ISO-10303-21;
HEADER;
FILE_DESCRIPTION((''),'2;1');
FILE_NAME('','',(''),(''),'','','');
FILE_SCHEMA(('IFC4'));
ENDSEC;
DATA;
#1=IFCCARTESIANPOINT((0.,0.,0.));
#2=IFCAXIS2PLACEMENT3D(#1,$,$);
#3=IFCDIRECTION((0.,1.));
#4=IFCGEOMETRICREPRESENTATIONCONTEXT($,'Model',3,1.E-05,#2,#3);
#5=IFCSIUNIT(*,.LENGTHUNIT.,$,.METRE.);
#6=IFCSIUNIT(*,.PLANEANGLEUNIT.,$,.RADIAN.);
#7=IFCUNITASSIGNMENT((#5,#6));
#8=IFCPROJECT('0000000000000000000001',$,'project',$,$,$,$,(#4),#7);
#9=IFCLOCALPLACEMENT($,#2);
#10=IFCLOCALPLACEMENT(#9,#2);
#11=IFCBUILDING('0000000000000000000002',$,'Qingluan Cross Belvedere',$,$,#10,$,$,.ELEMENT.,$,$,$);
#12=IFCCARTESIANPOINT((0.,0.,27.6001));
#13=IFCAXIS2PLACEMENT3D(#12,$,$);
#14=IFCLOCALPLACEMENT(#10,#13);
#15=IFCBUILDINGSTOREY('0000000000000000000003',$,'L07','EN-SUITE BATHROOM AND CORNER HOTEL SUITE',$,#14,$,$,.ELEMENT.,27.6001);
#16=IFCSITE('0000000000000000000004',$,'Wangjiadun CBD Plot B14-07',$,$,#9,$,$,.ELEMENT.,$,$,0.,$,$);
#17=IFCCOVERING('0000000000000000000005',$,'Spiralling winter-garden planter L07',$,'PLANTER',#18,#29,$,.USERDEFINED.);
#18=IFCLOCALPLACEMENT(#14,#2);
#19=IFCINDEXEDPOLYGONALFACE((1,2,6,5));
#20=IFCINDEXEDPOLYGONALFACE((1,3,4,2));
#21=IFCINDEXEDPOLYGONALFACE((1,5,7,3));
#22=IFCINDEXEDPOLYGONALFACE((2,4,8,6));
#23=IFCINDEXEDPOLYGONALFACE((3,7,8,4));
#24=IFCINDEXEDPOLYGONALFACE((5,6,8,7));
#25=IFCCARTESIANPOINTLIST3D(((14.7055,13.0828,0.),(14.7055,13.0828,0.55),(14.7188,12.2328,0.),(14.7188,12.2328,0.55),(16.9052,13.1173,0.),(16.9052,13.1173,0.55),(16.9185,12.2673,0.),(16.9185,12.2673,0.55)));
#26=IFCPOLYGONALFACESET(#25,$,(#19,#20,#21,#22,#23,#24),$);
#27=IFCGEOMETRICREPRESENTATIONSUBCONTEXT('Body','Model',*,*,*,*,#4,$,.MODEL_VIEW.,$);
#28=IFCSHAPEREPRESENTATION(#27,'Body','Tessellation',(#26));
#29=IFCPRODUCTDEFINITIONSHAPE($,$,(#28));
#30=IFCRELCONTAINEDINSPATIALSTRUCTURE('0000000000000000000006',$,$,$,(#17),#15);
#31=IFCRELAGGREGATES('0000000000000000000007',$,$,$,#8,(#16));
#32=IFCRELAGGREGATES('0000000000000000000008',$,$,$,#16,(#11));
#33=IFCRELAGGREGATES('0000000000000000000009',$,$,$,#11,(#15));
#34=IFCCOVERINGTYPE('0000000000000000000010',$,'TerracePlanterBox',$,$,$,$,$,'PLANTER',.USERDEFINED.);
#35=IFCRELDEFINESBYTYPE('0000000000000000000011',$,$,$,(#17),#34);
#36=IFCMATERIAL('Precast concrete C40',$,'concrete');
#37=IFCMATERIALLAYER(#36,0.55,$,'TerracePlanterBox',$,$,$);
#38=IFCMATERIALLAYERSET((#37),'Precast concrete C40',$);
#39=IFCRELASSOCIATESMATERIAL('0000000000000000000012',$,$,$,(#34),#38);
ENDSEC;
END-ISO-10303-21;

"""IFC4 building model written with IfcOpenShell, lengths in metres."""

from ifc_helpers import new_model, si_unit, direction, frame, origin, origin_2d, place, context, subcontext, project, spatial, rectangle, extrude, material, layer, layer_set, type_object, element, save


model = new_model("IFC4")

# Units and contexts
model_context = context("Model", 3, precision=1e-05, world=origin(), true_north=direction((0.0, 1.0)))
body_context = subcontext(model_context, "Body", "Model", "MODEL_VIEW")
ifc_project = project(units=[si_unit("LENGTHUNIT", "METRE"), si_unit("PLANEANGLEUNIT", "RADIAN")], contexts=[model_context])

# Site, building, storey
site_placement = place(None, origin())
site = spatial("IfcSite", under=ifc_project, at=site_placement, Name="Wangjiadun CBD Plot B14-07", CompositionType="ELEMENT", RefElevation=0.0)
building_placement = place(site_placement, origin())
building = spatial("IfcBuilding", under=site, at=building_placement, Name="Qingluan Cross Belvedere", CompositionType="ELEMENT")
storey_placement = place(building_placement, frame((0.0, 0.0, 27.6001)))
storey = spatial("IfcBuildingStorey", under=building, at=storey_placement, Name="L07", Description="EN-SUITE BATHROOM AND CORNER HOTEL SUITE", CompositionType="ELEMENT", Elevation=27.6001)

# Covering
ifc_material_1 = material(Name="Precast concrete C40", Category="concrete")
ifc_layer_1 = layer(ifc_material_1, 0.55, Name="TerracePlanterBox")
ifc_layer_set_1 = layer_set([ifc_layer_1], Name="Precast concrete C40")
covering_type_1 = type_object("IfcCoveringType", Name="TerracePlanterBox", ElementType="PLANTER", PredefinedType="USERDEFINED", material=ifc_layer_set_1)
covering_placement = place(storey_placement, frame((15.812, 12.675, 0.0), z_axis=(0.0, 0.0, 1.0), x_axis=(0.999877, 0.015707, 0.0)))
element("IfcCovering", 1, at=covering_placement, inside=storey, type_object=covering_type_1, Name="Spiralling winter-garden planter L07", ObjectType="PLANTER", PredefinedType="USERDEFINED", context=body_context, shape_type="SweptSolid", body=[
    extrude(rectangle(XDim=2.2, YDim=0.8501, at=origin_2d()), origin(), (0.0, 0.0, 1.0), 0.55),
])

save(model, "model.ifc")
